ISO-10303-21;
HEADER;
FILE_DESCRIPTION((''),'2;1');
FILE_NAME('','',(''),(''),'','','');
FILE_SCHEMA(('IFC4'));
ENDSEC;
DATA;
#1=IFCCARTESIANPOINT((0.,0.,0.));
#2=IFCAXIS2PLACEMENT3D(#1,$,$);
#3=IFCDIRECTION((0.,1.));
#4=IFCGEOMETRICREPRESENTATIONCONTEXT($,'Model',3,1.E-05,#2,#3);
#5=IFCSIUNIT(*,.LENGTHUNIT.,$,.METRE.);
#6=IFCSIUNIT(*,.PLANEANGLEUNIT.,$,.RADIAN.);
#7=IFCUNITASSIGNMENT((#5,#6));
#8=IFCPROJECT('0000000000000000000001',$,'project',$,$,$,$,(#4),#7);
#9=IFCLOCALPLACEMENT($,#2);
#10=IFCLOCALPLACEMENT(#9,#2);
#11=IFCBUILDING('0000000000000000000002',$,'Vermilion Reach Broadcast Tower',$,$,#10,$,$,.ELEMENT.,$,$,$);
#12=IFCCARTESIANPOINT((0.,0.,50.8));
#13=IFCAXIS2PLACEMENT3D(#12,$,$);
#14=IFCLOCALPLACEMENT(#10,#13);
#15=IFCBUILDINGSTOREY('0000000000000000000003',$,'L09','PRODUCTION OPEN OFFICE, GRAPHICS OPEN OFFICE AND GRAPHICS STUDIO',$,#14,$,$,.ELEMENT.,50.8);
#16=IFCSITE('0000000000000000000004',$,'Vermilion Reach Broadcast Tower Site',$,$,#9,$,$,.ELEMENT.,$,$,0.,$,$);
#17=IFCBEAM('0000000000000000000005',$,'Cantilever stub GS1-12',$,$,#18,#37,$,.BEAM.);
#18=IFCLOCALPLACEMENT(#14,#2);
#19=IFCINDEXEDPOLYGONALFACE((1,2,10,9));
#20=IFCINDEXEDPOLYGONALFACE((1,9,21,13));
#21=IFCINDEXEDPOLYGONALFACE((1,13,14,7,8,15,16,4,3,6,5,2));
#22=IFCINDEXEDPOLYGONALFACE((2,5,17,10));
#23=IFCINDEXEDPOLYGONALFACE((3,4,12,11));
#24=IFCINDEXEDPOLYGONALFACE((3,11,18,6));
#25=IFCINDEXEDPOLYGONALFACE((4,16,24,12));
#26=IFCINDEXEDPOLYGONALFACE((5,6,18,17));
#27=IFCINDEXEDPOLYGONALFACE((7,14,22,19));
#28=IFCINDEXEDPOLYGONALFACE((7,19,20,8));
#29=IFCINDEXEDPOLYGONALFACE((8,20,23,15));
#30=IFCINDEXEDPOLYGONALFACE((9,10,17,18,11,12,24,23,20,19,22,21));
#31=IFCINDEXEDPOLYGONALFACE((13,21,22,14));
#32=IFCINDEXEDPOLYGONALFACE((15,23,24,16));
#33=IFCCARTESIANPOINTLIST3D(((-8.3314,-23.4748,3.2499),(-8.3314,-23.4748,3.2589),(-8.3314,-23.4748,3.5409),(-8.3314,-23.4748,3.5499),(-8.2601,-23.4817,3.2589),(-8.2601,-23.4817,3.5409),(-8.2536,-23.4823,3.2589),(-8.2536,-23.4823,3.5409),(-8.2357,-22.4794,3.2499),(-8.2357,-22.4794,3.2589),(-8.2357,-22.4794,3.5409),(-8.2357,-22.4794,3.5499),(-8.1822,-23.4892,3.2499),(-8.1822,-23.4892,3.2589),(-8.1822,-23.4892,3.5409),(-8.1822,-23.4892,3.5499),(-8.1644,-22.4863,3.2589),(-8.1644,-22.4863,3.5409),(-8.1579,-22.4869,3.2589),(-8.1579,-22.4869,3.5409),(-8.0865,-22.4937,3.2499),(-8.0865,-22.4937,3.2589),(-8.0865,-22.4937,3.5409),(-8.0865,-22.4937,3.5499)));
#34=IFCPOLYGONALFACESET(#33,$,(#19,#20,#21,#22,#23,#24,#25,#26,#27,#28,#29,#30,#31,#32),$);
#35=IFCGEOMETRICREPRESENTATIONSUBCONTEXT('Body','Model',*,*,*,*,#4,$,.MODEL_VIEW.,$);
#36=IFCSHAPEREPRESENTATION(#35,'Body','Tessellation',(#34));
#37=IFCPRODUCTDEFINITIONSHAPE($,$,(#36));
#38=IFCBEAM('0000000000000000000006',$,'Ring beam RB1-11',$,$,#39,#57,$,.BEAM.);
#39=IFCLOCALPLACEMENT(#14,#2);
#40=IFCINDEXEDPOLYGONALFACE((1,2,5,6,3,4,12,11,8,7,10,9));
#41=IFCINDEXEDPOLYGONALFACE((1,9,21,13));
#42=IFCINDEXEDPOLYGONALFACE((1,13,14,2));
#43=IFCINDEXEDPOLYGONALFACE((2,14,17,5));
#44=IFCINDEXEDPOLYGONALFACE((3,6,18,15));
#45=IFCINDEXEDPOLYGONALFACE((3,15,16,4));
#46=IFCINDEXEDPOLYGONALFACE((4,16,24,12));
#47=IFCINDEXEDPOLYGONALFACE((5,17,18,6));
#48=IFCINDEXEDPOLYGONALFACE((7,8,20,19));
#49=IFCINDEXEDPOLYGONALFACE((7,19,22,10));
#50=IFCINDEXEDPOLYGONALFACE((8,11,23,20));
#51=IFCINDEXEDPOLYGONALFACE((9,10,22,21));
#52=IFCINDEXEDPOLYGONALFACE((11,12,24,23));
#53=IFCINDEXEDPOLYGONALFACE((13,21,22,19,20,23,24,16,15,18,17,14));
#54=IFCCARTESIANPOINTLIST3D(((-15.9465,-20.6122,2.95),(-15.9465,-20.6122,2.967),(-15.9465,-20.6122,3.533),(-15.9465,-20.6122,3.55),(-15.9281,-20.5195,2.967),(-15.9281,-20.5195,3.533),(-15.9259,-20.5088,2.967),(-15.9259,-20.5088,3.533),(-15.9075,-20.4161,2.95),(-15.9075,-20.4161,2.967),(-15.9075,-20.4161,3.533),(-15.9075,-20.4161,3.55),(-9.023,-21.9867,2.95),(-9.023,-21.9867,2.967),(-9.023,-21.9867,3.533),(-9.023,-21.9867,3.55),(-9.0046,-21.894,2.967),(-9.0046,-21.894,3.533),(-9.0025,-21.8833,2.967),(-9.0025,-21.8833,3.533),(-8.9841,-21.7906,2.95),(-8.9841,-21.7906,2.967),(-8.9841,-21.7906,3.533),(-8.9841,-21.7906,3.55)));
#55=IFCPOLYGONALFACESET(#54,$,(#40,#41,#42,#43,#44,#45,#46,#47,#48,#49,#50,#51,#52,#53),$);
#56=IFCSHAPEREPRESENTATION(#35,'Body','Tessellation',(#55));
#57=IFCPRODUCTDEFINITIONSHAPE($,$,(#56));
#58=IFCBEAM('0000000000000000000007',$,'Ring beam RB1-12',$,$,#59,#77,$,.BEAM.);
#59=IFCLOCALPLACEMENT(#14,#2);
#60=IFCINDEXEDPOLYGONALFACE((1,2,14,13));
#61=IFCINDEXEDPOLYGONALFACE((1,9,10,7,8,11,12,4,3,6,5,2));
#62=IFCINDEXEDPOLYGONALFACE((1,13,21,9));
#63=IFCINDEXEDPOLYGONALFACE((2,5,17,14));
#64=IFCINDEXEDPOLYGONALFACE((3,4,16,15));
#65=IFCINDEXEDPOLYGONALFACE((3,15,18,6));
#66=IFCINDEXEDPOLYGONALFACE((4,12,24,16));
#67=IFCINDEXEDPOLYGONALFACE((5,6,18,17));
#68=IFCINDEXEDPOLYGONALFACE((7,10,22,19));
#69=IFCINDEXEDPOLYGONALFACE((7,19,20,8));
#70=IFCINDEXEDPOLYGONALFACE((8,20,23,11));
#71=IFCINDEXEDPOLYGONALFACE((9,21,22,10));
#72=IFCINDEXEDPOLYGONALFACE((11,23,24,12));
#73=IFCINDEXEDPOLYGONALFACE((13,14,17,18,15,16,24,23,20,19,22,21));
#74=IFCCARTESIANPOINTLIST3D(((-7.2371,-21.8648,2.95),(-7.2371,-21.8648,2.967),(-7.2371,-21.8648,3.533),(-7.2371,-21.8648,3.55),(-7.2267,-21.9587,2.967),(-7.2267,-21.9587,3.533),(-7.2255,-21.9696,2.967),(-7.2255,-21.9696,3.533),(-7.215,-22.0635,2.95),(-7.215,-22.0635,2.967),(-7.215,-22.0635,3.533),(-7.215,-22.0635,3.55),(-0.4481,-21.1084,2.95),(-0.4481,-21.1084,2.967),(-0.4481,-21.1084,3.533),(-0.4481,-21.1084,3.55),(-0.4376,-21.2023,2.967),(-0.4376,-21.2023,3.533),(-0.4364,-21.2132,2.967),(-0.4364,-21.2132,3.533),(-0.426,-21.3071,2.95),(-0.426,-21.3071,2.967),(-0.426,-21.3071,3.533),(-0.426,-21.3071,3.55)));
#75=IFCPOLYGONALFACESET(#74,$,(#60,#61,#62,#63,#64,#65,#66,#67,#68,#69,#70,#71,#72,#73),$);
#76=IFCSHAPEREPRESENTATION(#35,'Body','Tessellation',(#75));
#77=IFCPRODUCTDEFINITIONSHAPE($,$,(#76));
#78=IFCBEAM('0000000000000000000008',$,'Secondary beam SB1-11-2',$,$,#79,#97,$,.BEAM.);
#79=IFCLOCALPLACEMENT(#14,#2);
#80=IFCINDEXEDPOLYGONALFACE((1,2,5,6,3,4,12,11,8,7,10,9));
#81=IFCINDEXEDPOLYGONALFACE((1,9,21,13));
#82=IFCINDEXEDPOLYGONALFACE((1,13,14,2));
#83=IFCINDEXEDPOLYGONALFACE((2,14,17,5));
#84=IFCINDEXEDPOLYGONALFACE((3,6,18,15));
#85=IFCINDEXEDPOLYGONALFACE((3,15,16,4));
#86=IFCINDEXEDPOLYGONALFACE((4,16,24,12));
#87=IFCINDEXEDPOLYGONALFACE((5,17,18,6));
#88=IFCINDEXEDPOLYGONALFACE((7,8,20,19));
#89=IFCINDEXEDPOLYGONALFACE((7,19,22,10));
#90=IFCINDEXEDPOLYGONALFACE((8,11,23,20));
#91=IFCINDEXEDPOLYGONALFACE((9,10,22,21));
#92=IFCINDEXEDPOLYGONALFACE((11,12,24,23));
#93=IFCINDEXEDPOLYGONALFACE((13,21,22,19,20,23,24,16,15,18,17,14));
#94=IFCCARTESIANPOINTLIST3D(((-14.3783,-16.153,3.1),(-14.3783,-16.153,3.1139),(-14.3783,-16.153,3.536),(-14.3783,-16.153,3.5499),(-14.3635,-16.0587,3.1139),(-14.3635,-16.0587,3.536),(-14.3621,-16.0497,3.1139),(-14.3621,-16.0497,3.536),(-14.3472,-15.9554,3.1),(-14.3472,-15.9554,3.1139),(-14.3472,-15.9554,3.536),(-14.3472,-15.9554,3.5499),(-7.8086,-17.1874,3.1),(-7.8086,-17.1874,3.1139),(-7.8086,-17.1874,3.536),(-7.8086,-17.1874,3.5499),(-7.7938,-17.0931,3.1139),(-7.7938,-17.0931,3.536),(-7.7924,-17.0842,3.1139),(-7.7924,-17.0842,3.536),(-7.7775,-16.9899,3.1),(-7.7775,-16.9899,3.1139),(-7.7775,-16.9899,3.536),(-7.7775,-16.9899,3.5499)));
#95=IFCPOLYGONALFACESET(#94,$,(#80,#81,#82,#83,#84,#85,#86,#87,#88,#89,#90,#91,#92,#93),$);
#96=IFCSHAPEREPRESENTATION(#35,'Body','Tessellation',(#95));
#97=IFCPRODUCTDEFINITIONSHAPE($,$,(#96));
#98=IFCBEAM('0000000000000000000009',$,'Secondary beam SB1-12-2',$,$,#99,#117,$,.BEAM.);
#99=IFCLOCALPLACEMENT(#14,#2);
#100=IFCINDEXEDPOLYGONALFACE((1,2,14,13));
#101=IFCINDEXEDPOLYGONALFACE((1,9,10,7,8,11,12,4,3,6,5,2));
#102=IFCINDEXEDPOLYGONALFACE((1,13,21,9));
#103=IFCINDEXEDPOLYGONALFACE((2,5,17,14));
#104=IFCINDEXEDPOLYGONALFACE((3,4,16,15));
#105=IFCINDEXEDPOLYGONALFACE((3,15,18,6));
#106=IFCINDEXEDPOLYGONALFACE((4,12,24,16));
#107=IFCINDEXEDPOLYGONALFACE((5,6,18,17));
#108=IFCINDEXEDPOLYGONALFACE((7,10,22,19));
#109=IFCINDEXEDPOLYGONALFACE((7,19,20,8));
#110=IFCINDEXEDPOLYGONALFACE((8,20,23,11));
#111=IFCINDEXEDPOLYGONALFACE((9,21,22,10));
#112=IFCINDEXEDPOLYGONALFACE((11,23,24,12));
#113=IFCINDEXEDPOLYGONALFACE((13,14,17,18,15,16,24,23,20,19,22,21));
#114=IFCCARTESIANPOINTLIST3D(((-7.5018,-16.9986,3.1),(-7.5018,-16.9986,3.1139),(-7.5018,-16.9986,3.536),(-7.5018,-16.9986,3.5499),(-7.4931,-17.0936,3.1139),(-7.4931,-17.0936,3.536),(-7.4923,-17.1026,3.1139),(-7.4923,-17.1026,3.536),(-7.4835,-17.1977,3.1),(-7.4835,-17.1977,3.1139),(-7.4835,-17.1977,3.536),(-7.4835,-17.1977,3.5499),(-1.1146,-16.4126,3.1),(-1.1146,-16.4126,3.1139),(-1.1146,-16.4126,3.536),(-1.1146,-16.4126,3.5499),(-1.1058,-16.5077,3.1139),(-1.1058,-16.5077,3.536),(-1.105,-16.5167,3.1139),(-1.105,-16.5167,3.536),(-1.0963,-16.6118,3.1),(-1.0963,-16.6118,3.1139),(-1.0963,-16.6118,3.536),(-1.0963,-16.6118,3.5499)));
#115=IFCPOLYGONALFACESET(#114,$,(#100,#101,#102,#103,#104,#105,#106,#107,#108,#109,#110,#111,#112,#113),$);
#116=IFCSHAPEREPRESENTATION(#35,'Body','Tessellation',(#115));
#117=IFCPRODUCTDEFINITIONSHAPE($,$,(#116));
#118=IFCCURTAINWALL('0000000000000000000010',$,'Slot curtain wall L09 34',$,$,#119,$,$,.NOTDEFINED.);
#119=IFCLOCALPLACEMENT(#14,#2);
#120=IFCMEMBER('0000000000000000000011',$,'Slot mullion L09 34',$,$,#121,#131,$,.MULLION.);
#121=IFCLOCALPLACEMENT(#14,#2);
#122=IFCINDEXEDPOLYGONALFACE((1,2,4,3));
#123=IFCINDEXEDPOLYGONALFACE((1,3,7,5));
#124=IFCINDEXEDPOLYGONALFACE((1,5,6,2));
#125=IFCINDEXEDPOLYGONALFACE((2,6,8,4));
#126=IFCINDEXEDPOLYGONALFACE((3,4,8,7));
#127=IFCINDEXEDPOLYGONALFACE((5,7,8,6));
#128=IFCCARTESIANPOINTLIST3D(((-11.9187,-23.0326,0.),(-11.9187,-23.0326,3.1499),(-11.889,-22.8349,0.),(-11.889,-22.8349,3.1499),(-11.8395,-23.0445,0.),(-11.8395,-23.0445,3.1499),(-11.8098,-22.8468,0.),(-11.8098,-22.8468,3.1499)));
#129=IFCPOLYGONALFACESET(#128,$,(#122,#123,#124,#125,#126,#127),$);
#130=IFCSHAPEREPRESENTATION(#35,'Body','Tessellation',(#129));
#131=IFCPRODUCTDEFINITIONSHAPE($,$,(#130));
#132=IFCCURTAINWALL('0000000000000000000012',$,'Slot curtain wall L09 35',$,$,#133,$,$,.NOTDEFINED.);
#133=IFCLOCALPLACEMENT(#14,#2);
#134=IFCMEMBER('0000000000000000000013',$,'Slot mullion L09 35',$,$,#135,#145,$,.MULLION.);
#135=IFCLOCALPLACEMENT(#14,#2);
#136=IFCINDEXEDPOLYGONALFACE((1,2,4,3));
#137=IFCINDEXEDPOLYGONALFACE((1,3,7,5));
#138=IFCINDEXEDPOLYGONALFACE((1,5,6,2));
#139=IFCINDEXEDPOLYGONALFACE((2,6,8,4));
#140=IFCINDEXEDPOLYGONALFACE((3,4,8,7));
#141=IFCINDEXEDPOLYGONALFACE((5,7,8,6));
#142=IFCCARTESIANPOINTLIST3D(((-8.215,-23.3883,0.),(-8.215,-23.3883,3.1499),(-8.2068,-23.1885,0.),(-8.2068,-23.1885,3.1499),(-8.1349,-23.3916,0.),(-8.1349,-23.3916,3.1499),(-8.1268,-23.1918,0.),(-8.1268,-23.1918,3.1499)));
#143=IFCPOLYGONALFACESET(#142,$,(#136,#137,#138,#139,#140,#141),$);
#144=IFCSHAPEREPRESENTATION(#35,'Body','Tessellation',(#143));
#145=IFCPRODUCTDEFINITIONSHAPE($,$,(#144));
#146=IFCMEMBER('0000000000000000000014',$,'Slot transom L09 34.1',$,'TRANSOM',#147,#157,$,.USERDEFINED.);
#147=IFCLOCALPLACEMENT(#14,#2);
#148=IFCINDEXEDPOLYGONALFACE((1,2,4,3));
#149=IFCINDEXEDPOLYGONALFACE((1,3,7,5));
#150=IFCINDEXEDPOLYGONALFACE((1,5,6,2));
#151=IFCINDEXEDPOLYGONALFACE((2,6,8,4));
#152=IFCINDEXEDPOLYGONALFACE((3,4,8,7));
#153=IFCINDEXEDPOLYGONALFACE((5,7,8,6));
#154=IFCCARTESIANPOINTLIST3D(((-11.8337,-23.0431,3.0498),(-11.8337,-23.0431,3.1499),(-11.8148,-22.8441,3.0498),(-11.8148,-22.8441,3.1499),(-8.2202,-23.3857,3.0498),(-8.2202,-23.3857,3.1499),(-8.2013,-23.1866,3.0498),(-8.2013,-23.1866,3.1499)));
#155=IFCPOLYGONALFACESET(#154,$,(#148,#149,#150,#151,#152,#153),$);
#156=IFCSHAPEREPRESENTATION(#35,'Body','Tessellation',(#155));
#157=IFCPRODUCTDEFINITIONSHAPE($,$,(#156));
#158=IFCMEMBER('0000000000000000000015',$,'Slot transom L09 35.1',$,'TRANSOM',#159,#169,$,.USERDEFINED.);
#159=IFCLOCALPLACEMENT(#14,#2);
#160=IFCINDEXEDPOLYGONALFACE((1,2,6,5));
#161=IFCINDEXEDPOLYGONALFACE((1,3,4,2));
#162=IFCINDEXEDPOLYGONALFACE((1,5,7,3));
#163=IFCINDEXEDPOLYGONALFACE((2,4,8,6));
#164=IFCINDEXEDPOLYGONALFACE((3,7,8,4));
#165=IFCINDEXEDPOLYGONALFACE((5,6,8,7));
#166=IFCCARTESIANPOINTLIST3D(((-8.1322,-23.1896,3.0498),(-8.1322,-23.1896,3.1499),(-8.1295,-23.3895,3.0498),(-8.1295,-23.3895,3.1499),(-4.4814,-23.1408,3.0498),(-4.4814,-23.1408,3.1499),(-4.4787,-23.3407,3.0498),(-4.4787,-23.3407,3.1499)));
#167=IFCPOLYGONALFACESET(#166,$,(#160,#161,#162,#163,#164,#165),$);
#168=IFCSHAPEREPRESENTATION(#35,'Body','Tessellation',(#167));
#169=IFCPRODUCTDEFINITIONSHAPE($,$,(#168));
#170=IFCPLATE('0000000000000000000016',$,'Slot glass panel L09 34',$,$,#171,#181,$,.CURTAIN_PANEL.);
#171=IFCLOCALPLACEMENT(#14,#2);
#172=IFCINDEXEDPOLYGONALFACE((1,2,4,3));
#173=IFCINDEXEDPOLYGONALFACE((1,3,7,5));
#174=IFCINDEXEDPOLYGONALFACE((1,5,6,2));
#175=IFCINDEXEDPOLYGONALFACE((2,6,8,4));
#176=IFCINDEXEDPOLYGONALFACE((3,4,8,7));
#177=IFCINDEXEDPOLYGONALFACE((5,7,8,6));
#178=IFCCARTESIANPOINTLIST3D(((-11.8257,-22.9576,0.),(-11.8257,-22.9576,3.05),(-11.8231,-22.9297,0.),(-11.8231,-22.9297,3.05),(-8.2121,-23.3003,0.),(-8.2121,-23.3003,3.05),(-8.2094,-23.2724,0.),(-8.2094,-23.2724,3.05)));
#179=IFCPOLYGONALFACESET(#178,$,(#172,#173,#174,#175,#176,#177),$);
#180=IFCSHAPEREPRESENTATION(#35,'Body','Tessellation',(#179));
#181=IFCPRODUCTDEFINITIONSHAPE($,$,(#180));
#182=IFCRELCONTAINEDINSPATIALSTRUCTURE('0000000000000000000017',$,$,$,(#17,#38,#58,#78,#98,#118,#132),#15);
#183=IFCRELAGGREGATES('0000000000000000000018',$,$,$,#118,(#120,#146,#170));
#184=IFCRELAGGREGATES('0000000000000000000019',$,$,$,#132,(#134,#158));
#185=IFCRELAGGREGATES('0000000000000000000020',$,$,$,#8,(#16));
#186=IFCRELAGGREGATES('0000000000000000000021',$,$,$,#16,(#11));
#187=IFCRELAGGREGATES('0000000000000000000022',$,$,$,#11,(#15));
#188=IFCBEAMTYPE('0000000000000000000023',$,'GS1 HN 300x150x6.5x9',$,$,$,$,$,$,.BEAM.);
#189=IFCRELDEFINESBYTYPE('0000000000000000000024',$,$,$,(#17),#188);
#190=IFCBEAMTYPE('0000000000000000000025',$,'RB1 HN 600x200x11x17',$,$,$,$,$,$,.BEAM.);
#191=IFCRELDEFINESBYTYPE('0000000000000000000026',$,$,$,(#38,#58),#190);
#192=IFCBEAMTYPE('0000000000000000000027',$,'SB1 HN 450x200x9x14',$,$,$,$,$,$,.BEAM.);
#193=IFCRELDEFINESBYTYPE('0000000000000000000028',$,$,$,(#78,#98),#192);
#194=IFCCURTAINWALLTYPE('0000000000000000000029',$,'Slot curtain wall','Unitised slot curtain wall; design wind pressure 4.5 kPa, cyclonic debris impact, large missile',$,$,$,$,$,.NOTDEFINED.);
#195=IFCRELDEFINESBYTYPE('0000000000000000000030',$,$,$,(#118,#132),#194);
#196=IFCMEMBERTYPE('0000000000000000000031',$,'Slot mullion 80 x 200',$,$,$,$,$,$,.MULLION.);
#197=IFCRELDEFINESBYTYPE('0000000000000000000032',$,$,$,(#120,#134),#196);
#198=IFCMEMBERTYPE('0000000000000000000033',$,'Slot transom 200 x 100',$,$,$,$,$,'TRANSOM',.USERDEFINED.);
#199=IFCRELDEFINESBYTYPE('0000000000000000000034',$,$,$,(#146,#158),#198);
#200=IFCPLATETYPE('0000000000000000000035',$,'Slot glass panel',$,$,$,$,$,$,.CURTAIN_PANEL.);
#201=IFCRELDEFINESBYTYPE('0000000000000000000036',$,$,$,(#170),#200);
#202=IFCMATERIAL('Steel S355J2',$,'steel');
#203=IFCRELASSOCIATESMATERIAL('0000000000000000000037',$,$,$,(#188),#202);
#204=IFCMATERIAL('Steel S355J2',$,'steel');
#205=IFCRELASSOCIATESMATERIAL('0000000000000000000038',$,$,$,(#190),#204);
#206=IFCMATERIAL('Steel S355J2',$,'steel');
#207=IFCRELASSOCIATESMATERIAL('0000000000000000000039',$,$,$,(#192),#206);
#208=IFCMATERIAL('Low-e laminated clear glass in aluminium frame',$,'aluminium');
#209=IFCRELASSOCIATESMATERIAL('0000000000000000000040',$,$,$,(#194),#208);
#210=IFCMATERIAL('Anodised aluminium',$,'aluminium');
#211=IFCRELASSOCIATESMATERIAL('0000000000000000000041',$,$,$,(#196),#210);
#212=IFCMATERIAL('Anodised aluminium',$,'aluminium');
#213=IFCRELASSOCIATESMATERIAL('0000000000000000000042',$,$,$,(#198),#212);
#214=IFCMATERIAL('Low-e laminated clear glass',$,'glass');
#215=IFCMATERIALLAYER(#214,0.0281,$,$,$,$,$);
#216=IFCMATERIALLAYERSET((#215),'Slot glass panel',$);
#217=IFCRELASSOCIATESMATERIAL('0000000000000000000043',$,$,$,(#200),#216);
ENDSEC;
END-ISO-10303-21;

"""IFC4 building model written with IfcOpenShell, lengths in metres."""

from ifc_helpers import new_model, si_unit, direction, frame, origin, origin_2d, place, context, subcontext, project, spatial, rectangle, i_section, extrude, material, layer, layer_set, material_profile, profile_set, type_object, element, aggregate, save


model = new_model("IFC4")

# Units and contexts
model_context = context("Model", 3, precision=1e-05, world=origin(), true_north=direction((0.0, 1.0)))
body_context = subcontext(model_context, "Body", "Model", "MODEL_VIEW")
ifc_project = project(units=[si_unit("LENGTHUNIT", "METRE"), si_unit("PLANEANGLEUNIT", "RADIAN")], contexts=[model_context])

# Site, building, storey
site_placement = place(None, origin())
site = spatial("IfcSite", under=ifc_project, at=site_placement, Name="Vermilion Reach Broadcast Tower Site", CompositionType="ELEMENT", RefElevation=0.0)
building_placement = place(site_placement, origin())
building = spatial("IfcBuilding", under=site, at=building_placement, Name="Vermilion Reach Broadcast Tower", CompositionType="ELEMENT")
storey_placement = place(building_placement, frame((0.0, 0.0, 50.8)))
storey = spatial("IfcBuildingStorey", under=building, at=storey_placement, Name="L09", Description="PRODUCTION OPEN OFFICE, GRAPHICS OPEN OFFICE AND GRAPHICS STUDIO", CompositionType="ELEMENT", Elevation=50.8)

# Beams
ifc_material_1 = material(Name="Steel S355J2", Category="steel")
ifc_material_profile_1 = material_profile(ifc_material_1, i_section(OverallWidth=0.1499, OverallDepth=0.3, WebThickness=0.0066, FlangeThickness=0.009, at=origin_2d()), Name="S355J2 HN 300x150x6.5x9")
ifc_profile_set_1 = profile_set([ifc_material_profile_1], Name="Steel S355J2")
beam_type_1 = type_object("IfcBeamType", Name="GS1 HN 300x150x6.5x9", PredefinedType="BEAM", material=ifc_profile_set_1)
for number, where, z_axis, x_axis, name in (
    (1, (-8.1611, -22.4866, 3.3999), (-0.095708, -0.995409, 0.0), (0.995409, -0.095708, 0.0), "Cantilever stub GS1-12"),
):
    element("IfcBeam", number, at=place(storey_placement, frame(where, z_axis=z_axis, x_axis=x_axis)), inside=storey, type_object=beam_type_1, Name=name, PredefinedType="BEAM", context=body_context, shape_type="SweptSolid", body=[
        extrude(i_section(OverallWidth=0.1499, OverallDepth=0.3, WebThickness=0.0066, FlangeThickness=0.009, at=origin_2d()), origin(), (0.0, 0.0, 1.0), 1.0),
    ])
ifc_material_2 = material(Name="Steel S355J2", Category="steel")
ifc_material_profile_2 = material_profile(ifc_material_2, i_section(OverallWidth=0.2, OverallDepth=0.6001, WebThickness=0.011, FlangeThickness=0.0171, at=origin_2d()), Name="S355J2 HN 600x200x11x17")
ifc_profile_set_2 = profile_set([ifc_material_profile_2], Name="Steel S355J2")
beam_type_2 = type_object("IfcBeamType", Name="RB1 HN 600x200x11x17", PredefinedType="BEAM", material=ifc_profile_set_2)
beam_1_placement = place(storey_placement, frame((-15.927, -20.5142, 3.25), z_axis=(0.980858, -0.194726, 0.0), x_axis=(0.194726, 0.980858, 0.0)))
element("IfcBeam", 2, at=beam_1_placement, inside=storey, type_object=beam_type_2, Name="Ring beam RB1-11", PredefinedType="BEAM", context=body_context, shape_type="SweptSolid", body=[
    extrude(i_section(OverallWidth=0.2, OverallDepth=0.6001, WebThickness=0.011, FlangeThickness=0.0171, at=origin_2d()), origin(), (0.0, 0.0, 1.0), 7.0586),
])
beam_2_placement = place(storey_placement, frame((-7.2261, -21.9641, 3.25), z_axis=(0.993851, 0.110722, 0.0), x_axis=(-0.110722, 0.993851, 0.0)))
element("IfcBeam", 3, at=beam_2_placement, inside=storey, type_object=beam_type_2, Name="Ring beam RB1-12", PredefinedType="BEAM", context=body_context, shape_type="SweptSolid", body=[
    extrude(i_section(OverallWidth=0.2, OverallDepth=0.6001, WebThickness=0.011, FlangeThickness=0.0171, at=origin_2d()), origin(), (0.0, 0.0, 1.0), 6.8311),
])
ifc_material_3 = material(Name="Steel S355J2", Category="steel")
ifc_material_profile_3 = material_profile(ifc_material_3, i_section(OverallWidth=0.2, OverallDepth=0.45, WebThickness=0.009, FlangeThickness=0.0139, at=origin_2d()), Name="S355J2 HN 450x200x9x14")
ifc_profile_set_3 = profile_set([ifc_material_profile_3], Name="Steel S355J2")
beam_type_3 = type_object("IfcBeamType", Name="SB1 HN 450x200x9x14", PredefinedType="BEAM", material=ifc_profile_set_3)
beam_3_placement = place(storey_placement, frame((-14.3628, -16.0542, 3.325), z_axis=(0.98783, -0.15554, 0.0), x_axis=(0.15554, 0.98783, 0.0)))
element("IfcBeam", 4, at=beam_3_placement, inside=storey, type_object=beam_type_3, Name="Secondary beam SB1-11-2", PredefinedType="BEAM", context=body_context, shape_type="SweptSolid", body=[
    extrude(i_section(OverallWidth=0.2, OverallDepth=0.45, WebThickness=0.009, FlangeThickness=0.0139, at=origin_2d()), origin(), (0.0, 0.0, 1.0), 6.6506),
])
beam_4_placement = place(storey_placement, frame((-7.4927, -17.0981, 3.325), z_axis=(0.995819, 0.091353, 0.0), x_axis=(-0.091353, 0.995819, 0.0)))
element("IfcBeam", 5, at=beam_4_placement, inside=storey, type_object=beam_type_3, Name="Secondary beam SB1-12-2", PredefinedType="BEAM", context=body_context, shape_type="SweptSolid", body=[
    extrude(i_section(OverallWidth=0.2, OverallDepth=0.45, WebThickness=0.009, FlangeThickness=0.0139, at=origin_2d()), origin(), (0.0, 0.0, 1.0), 6.4141),
])

# Curtain walls, members
ifc_material_4 = material(Name="Low-e laminated clear glass in aluminium frame", Category="aluminium")
curtain_wall_type = type_object("IfcCurtainWallType", Name="Slot curtain wall", Description="Unitised slot curtain wall; design wind pressure 4.5 kPa, cyclonic debris impact, large missile", PredefinedType="NOTDEFINED", material=ifc_material_4)
placement = place(storey_placement, origin())
curtain_wall_1 = element("IfcCurtainWall", 6, at=placement, inside=storey, type_object=curtain_wall_type, Name="Slot curtain wall L09 34", PredefinedType="NOTDEFINED")
ifc_material_5 = material(Name="Anodised aluminium", Category="aluminium")
ifc_material_profile_4 = material_profile(ifc_material_5, rectangle(XDim=0.2, YDim=0.0801, at=origin_2d()), Name="Slot mullion 80 x 200")
ifc_profile_set_4 = profile_set([ifc_material_profile_4], Name="Anodised aluminium")
member_type_1 = type_object("IfcMemberType", Name="Slot mullion 80 x 200", PredefinedType="MULLION", material=ifc_profile_set_4)
member_1_placement = place(storey_placement, frame((-11.8643, -22.9397, 0.0), z_axis=(0.0, 0.0, 1.0), x_axis=(0.148862, 0.988858, 0.0)))
member_1 = element("IfcMember", 7, at=member_1_placement, type_object=member_type_1, Name="Slot mullion L09 34", PredefinedType="MULLION", context=body_context, shape_type="SweptSolid", body=[
    extrude(rectangle(XDim=0.2, YDim=0.0801, at=origin_2d()), origin(), (0.0, 0.0, 1.0), 3.1499),
])
curtain_wall_2 = element("IfcCurtainWall", 8, at=placement, inside=storey, type_object=curtain_wall_type, Name="Slot curtain wall L09 35", PredefinedType="NOTDEFINED")
member_2_placement = place(storey_placement, frame((-8.1709, -23.29, 0.0), z_axis=(0.0, 0.0, 1.0), x_axis=(0.040584, 0.999176, 0.0)))
member_2 = element("IfcMember", 9, at=member_2_placement, type_object=member_type_1, Name="Slot mullion L09 35", PredefinedType="MULLION", context=body_context, shape_type="SweptSolid", body=[
    extrude(rectangle(XDim=0.2, YDim=0.0801, at=origin_2d()), origin(), (0.0, 0.0, 1.0), 3.1499),
])

# Members
ifc_material_6 = material(Name="Anodised aluminium", Category="aluminium")
ifc_material_profile_5 = material_profile(ifc_material_6, rectangle(XDim=0.2, YDim=0.1001, at=origin_2d()), Name="Slot transom 200 x 100")
ifc_profile_set_5 = profile_set([ifc_material_profile_5], Name="Anodised aluminium")
member_type_2 = type_object("IfcMemberType", Name="Slot transom 200 x 100", ElementType="TRANSOM", PredefinedType="USERDEFINED", material=ifc_profile_set_5)
member_3_placement = place(storey_placement, frame((-11.8242, -22.9436, 3.0999), z_axis=(0.995537, -0.094368, 0.0), x_axis=(0.094368, 0.995537, 0.0)))
member_3 = element("IfcMember", 10, at=member_3_placement, type_object=member_type_2, Name="Slot transom L09 34.1", ObjectType="TRANSOM", PredefinedType="USERDEFINED", context=body_context, shape_type="SweptSolid", body=[
    extrude(rectangle(XDim=0.2, YDim=0.1001, at=origin_2d()), origin(), (0.0, 0.0, 1.0), 3.6296),
])
member_4_placement = place(storey_placement, frame((-8.1309, -23.2896, 3.0999), z_axis=(0.999911, 0.013373, 0.0), x_axis=(-0.013373, 0.999911, 0.0)))
member_4 = element("IfcMember", 11, at=member_4_placement, type_object=member_type_2, Name="Slot transom L09 35.1", ObjectType="TRANSOM", PredefinedType="USERDEFINED", context=body_context, shape_type="SweptSolid", body=[
    extrude(rectangle(XDim=0.2, YDim=0.1001, at=origin_2d()), origin(), (0.0, 0.0, 1.0), 3.6511),
])

# Plate
ifc_material_7 = material(Name="Low-e laminated clear glass", Category="glass")
ifc_layer_1 = layer(ifc_material_7, 0.0281)
ifc_layer_set_1 = layer_set([ifc_layer_1], Name="Slot glass panel")
plate_type = type_object("IfcPlateType", Name="Slot glass panel", PredefinedType="CURTAIN_PANEL", material=ifc_layer_set_1)
plate_1_placement = place(storey_placement, frame((-10.0176, -23.115, 0.0), z_axis=(0.0, 0.0, 1.0), x_axis=(0.995533, -0.094413, 0.0)))
plate_1 = element("IfcPlate", 12, at=plate_1_placement, type_object=plate_type, Name="Slot glass panel L09 34", PredefinedType="CURTAIN_PANEL", context=body_context, shape_type="SweptSolid", body=[
    extrude(rectangle(XDim=3.6299, YDim=0.0281, at=origin_2d()), origin(), (0.0, 0.0, 1.0), 3.05),
])
aggregate(curtain_wall_1, [member_1, member_3, plate_1])
aggregate(curtain_wall_2, [member_2, member_4])

save(model, "model.ifc")
